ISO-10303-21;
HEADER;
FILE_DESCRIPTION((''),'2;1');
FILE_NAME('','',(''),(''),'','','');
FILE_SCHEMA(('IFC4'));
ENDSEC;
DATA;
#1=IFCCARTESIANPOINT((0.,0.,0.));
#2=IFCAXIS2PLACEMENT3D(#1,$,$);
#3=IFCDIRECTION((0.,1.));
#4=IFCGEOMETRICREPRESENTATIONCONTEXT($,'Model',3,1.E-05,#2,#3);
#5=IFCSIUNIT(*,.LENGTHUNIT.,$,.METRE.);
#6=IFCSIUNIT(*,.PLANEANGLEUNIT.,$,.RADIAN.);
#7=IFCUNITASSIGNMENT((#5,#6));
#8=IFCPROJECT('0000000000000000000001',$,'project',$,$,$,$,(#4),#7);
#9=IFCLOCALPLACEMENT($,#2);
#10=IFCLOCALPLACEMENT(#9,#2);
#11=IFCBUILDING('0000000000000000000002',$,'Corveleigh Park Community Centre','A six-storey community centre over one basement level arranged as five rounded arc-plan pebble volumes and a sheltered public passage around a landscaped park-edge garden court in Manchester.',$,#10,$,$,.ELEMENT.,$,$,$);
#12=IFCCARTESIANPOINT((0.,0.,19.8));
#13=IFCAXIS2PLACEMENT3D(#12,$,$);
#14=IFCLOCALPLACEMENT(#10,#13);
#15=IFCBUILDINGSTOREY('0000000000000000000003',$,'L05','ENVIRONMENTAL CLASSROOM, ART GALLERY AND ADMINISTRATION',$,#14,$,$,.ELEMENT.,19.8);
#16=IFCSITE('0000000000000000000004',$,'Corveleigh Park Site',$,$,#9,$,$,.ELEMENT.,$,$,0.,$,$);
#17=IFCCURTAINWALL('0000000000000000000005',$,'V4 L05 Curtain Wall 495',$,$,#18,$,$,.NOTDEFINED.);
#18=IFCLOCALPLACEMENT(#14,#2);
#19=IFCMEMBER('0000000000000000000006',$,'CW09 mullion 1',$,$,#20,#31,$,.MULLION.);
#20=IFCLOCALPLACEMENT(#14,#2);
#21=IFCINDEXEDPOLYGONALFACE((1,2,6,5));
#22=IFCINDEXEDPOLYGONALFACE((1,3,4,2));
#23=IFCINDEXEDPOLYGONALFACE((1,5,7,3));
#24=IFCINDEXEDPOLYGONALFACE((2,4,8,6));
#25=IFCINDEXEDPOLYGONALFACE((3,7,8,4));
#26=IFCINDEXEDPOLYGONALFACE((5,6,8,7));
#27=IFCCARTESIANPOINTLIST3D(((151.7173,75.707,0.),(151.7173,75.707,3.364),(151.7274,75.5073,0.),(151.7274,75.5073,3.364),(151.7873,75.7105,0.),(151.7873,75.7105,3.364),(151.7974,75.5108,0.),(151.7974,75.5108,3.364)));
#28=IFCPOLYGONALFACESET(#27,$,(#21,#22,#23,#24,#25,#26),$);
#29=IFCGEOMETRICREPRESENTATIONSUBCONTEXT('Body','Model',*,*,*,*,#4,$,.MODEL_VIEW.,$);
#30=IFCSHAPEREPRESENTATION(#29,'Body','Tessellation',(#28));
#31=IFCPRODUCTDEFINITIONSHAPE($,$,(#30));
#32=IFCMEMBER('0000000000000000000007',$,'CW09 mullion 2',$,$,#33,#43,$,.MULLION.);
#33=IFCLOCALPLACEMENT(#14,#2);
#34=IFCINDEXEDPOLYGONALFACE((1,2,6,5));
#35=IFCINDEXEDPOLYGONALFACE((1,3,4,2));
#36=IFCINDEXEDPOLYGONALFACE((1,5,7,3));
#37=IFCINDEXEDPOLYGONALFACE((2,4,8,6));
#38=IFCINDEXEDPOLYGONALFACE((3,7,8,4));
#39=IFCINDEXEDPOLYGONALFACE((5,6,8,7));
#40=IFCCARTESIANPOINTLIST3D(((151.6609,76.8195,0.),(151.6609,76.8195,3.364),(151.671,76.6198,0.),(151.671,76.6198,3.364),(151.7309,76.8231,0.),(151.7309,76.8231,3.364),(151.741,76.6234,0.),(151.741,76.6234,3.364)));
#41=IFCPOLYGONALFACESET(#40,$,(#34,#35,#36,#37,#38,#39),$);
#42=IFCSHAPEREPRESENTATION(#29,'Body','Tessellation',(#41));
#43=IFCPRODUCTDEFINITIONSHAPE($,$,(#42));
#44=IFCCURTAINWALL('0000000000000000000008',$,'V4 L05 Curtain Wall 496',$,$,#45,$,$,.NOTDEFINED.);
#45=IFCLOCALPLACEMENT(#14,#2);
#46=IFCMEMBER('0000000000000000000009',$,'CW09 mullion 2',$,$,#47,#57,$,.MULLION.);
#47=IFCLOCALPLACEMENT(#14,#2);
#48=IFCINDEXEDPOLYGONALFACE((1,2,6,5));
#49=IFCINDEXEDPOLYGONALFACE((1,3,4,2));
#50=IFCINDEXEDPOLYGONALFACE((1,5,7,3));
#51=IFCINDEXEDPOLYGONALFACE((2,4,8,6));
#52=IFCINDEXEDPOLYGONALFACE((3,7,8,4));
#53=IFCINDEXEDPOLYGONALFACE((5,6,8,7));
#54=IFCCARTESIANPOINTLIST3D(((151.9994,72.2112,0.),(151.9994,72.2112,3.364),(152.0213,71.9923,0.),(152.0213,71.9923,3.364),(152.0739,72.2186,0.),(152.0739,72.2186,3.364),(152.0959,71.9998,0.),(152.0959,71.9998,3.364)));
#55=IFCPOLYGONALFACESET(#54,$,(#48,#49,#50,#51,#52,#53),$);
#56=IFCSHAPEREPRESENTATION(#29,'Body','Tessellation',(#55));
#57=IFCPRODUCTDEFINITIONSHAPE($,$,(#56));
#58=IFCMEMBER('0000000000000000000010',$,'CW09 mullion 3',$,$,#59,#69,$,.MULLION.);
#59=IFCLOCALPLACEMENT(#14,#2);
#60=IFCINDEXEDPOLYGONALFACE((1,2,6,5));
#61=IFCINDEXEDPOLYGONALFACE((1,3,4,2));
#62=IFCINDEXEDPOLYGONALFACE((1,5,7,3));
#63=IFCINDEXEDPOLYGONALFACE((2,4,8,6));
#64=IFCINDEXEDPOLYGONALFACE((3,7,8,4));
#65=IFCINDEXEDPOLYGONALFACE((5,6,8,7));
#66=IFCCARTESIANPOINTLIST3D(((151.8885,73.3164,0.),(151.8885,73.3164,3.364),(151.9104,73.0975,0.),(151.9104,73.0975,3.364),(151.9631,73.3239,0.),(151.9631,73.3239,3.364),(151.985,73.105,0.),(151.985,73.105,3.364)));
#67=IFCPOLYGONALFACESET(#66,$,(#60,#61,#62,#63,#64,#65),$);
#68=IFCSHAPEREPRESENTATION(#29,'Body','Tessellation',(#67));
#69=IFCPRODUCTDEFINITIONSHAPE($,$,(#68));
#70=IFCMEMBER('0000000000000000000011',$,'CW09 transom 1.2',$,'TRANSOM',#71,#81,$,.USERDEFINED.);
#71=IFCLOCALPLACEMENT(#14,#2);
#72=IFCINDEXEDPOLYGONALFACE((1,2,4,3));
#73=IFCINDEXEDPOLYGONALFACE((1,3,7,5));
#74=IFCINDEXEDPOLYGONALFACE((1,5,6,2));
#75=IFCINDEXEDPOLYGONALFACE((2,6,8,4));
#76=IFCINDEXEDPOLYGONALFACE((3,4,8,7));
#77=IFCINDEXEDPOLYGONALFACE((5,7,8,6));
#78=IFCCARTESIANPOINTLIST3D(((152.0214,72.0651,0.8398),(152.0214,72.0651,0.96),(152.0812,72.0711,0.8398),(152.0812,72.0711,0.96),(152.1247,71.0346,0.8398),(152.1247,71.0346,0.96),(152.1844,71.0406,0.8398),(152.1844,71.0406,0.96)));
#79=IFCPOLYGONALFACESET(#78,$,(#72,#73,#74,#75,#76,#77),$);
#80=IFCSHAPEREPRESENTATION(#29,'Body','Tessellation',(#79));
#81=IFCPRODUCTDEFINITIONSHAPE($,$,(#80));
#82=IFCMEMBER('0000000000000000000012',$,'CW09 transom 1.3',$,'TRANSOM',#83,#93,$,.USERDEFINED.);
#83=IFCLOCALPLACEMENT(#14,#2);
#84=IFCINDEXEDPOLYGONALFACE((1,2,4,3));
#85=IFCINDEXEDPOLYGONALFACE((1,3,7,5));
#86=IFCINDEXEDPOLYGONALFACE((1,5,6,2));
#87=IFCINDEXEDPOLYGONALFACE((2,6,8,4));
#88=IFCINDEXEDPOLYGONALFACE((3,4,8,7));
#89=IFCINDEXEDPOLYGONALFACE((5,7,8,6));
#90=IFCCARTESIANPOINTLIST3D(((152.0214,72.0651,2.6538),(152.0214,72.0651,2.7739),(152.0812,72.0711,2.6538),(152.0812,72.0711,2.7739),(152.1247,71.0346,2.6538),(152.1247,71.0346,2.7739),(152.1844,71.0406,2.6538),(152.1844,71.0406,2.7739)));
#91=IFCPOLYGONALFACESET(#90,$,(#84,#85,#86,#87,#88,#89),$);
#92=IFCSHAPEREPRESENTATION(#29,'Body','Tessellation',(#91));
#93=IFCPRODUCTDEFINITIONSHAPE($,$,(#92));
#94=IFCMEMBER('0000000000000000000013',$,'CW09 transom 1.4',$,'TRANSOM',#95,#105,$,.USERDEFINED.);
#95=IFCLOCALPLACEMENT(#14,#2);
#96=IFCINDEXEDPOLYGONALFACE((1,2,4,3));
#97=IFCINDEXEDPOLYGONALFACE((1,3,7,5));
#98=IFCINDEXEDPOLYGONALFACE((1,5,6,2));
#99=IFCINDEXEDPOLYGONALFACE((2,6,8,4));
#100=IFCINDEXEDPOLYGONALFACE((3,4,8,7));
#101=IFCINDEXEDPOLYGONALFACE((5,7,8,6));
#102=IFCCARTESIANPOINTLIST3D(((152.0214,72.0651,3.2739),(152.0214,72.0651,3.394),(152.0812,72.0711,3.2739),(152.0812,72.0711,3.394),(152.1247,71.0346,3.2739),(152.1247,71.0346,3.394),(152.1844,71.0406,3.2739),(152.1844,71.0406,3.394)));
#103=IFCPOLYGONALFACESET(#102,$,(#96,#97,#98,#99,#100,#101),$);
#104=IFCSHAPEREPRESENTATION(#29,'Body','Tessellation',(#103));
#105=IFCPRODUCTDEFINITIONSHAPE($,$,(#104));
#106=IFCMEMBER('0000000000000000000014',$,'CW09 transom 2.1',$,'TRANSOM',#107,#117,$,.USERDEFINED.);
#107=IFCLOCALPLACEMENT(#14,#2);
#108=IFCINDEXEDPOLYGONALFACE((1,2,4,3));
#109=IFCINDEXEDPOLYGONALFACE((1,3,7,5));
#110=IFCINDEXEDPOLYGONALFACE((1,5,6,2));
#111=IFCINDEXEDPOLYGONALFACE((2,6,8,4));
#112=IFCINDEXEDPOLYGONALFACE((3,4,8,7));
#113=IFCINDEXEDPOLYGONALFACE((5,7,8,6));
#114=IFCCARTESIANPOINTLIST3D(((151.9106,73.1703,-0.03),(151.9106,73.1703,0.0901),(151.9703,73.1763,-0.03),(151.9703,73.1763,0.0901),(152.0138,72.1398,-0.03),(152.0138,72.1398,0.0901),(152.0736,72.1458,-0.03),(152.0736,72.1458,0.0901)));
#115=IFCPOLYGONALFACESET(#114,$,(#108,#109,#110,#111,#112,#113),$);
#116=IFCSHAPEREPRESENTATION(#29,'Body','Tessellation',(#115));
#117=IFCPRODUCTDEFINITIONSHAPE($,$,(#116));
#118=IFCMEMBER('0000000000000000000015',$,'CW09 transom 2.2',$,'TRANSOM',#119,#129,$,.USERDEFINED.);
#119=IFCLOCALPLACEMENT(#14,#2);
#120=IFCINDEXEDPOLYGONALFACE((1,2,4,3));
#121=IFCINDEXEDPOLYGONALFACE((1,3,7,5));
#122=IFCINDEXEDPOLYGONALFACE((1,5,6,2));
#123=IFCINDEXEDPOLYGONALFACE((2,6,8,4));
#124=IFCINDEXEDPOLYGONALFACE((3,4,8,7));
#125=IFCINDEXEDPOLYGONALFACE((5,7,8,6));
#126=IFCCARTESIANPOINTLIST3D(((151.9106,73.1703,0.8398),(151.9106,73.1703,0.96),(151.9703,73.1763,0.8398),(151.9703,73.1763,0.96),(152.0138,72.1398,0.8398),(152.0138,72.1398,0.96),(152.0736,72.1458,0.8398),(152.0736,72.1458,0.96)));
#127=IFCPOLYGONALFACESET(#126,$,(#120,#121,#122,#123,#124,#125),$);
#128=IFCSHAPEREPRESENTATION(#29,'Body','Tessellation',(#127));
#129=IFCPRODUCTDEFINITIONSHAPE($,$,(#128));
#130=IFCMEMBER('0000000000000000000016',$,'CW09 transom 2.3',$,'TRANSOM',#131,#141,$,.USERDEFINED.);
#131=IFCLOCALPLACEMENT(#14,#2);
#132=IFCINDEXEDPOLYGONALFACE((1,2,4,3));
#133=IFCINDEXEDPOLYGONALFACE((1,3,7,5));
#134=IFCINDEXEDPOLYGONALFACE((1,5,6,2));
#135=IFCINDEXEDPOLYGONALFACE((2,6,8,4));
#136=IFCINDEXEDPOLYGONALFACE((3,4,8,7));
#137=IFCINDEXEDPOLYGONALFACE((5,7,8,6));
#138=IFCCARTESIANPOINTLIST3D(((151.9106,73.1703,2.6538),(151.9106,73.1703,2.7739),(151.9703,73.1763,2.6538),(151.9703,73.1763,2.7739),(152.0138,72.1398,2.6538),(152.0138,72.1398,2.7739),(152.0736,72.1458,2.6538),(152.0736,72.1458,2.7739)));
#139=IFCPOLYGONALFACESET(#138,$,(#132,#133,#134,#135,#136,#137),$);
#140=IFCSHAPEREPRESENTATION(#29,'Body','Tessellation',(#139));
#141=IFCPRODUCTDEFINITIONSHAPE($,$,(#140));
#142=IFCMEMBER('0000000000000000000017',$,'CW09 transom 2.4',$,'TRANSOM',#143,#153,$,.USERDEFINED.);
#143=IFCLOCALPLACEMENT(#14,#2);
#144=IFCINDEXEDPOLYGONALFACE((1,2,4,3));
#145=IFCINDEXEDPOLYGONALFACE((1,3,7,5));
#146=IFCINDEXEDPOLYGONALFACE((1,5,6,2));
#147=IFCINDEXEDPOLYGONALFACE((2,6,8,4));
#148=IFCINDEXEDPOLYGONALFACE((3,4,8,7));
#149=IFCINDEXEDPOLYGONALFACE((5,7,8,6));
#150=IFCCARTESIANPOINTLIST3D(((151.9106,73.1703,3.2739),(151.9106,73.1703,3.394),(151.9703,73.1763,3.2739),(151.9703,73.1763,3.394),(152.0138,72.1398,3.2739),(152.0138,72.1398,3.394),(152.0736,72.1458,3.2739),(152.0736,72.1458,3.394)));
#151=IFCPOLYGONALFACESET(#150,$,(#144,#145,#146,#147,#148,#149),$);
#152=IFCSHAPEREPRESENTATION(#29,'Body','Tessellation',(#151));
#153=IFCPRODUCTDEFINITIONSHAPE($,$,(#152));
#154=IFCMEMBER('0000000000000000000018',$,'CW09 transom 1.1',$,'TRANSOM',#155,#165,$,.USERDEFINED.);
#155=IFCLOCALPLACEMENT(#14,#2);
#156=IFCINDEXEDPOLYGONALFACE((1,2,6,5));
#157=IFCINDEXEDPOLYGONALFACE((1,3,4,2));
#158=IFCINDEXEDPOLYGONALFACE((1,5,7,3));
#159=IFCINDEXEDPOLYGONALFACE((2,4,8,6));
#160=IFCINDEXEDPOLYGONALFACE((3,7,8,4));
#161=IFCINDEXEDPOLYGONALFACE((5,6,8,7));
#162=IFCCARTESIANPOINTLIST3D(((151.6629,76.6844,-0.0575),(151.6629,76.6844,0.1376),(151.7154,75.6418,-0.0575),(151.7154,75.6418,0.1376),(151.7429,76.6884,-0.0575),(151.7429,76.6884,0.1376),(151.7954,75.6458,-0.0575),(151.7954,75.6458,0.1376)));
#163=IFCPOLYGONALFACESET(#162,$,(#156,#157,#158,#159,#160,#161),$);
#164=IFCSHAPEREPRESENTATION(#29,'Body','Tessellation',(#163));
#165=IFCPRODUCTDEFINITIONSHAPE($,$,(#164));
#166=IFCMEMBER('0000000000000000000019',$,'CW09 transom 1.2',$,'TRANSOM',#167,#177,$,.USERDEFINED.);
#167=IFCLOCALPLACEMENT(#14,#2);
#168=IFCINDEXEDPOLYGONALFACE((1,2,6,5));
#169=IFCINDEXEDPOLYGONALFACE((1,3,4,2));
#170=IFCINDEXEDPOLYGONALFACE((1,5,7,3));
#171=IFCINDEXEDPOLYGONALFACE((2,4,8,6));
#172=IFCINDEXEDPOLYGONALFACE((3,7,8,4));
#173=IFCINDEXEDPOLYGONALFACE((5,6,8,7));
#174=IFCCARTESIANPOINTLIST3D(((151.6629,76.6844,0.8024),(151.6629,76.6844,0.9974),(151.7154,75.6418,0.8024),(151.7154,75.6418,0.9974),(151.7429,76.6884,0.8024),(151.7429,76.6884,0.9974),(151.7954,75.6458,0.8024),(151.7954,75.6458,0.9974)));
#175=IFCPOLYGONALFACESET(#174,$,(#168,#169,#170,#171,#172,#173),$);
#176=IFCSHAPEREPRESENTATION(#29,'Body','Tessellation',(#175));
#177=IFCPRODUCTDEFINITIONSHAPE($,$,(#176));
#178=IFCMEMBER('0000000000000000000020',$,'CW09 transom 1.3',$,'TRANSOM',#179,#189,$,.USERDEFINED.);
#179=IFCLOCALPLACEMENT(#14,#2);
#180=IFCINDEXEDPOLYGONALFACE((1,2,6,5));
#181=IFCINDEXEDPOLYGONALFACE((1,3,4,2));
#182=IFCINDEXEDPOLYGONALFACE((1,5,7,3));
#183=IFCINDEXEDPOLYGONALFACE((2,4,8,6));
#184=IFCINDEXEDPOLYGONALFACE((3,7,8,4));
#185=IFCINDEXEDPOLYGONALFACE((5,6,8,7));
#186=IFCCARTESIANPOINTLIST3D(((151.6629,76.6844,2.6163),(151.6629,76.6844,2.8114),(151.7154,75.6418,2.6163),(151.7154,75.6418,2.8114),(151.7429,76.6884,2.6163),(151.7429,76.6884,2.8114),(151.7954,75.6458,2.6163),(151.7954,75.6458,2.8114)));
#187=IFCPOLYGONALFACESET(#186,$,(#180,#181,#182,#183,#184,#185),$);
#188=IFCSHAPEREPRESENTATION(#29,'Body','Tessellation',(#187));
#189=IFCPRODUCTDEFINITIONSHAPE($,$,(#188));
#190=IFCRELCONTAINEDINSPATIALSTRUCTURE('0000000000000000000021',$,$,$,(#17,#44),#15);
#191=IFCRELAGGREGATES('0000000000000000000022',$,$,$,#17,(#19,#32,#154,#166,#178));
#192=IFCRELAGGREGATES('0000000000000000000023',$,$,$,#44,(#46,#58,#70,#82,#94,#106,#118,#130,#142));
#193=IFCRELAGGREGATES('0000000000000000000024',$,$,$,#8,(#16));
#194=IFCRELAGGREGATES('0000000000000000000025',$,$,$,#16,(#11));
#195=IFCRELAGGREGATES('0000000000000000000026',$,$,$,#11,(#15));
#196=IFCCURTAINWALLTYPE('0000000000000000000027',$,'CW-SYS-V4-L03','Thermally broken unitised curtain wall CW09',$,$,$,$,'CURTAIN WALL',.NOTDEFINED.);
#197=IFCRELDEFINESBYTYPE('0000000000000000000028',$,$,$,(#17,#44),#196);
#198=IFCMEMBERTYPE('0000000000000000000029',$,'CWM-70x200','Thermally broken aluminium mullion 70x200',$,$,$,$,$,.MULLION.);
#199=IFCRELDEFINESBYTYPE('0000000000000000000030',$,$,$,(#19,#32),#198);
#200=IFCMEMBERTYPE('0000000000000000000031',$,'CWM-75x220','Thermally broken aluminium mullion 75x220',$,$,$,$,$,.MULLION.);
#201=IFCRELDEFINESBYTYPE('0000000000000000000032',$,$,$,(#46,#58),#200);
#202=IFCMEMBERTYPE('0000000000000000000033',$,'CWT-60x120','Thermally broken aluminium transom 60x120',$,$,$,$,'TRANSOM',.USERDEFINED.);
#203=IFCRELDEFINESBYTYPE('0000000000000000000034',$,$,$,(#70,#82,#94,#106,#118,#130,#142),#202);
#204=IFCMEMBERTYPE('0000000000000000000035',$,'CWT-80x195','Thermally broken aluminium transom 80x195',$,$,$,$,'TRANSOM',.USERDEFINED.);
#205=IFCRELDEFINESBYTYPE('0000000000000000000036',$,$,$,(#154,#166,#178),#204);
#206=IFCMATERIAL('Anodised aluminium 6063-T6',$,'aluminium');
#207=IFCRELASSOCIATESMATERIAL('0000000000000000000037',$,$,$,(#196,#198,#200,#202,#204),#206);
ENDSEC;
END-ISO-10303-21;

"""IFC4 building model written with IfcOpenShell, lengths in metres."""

from ifc_helpers import new_model, si_unit, direction, frame, origin, origin_2d, place, context, subcontext, project, spatial, rectangle, extrude, material, material_profile, profile_set, type_object, element, aggregate, save


model = new_model("IFC4")

# Units and contexts
model_context = context("Model", 3, precision=1e-05, world=origin(), true_north=direction((0.0, 1.0)))
body_context = subcontext(model_context, "Body", "Model", "MODEL_VIEW")
ifc_project = project(units=[si_unit("LENGTHUNIT", "METRE"), si_unit("PLANEANGLEUNIT", "RADIAN")], contexts=[model_context])

# Site, building, storey
site_placement = place(None, origin())
site = spatial("IfcSite", under=ifc_project, at=site_placement, Name="Corveleigh Park Site", CompositionType="ELEMENT", RefElevation=0.0)
building_placement = place(site_placement, origin())
building = spatial("IfcBuilding", under=site, at=building_placement, Name="Corveleigh Park Community Centre", Description="A six-storey community centre over one basement level arranged as five rounded arc-plan pebble volumes and a sheltered public passage around a landscaped park-edge garden court in Manchester.", CompositionType="ELEMENT")
storey_placement = place(building_placement, frame((0.0, 0.0, 19.8)))
storey = spatial("IfcBuildingStorey", under=building, at=storey_placement, Name="L05", Description="ENVIRONMENTAL CLASSROOM, ART GALLERY AND ADMINISTRATION", CompositionType="ELEMENT", Elevation=19.8)

# Curtain walls, members
ifc_material_1 = material(Name="Anodised aluminium 6063-T6", Category="aluminium")
curtain_wall_type = type_object("IfcCurtainWallType", Name="CW-SYS-V4-L03", Description="Thermally broken unitised curtain wall CW09", ElementType="CURTAIN WALL", PredefinedType="NOTDEFINED", material=ifc_material_1)
curtain_wall_1_placement = place(storey_placement, origin())
curtain_wall_1 = element("IfcCurtainWall", 1, at=curtain_wall_1_placement, inside=storey, type_object=curtain_wall_type, Name="V4 L05 Curtain Wall 495", PredefinedType="NOTDEFINED")
ifc_material_profile_1 = material_profile(ifc_material_1, rectangle(XDim=0.0701, YDim=0.2, at=origin_2d()), Name="ALU-M70x200", Category="aluminium")
ifc_profile_set_1 = profile_set([ifc_material_profile_1], Name="Anodised aluminium 6063-T6")
member_type_1 = type_object("IfcMemberType", Name="CWM-70x200", Description="Thermally broken aluminium mullion 70x200", PredefinedType="MULLION", material=ifc_profile_set_1)
member_1_placement = place(storey_placement, frame((151.7573, 75.6089, 0.0), z_axis=(0.0, 0.0, 1.0), x_axis=(-0.998725, -0.05048, 0.0)))
member_1 = element("IfcMember", 2, at=member_1_placement, type_object=member_type_1, Name="CW09 mullion 1", PredefinedType="MULLION", context=body_context, shape_type="SweptSolid", body=[
    extrude(rectangle(XDim=0.0701, YDim=0.2, at=origin_2d()), origin(), (0.0, 0.0, 1.0), 3.364),
])
member_2_placement = place(storey_placement, frame((151.7009, 76.7214, 0.0), z_axis=(0.0, 0.0, 1.0), x_axis=(-0.998725, -0.05048, 0.0)))
member_2 = element("IfcMember", 3, at=member_2_placement, type_object=member_type_1, Name="CW09 mullion 2", PredefinedType="MULLION", context=body_context, shape_type="SweptSolid", body=[
    extrude(rectangle(XDim=0.0701, YDim=0.2, at=origin_2d()), origin(), (0.0, 0.0, 1.0), 3.364),
])
curtain_wall_2_placement = place(storey_placement, origin())
curtain_wall_2 = element("IfcCurtainWall", 4, at=curtain_wall_2_placement, inside=storey, type_object=curtain_wall_type, Name="V4 L05 Curtain Wall 496", PredefinedType="NOTDEFINED")
ifc_material_profile_2 = material_profile(ifc_material_1, rectangle(XDim=0.075, YDim=0.22, at=origin_2d()), Name="ALU-M75x220", Category="aluminium")
ifc_profile_set_2 = profile_set([ifc_material_profile_2], Name="Anodised aluminium 6063-T6")
member_type_2 = type_object("IfcMemberType", Name="CWM-75x220", Description="Thermally broken aluminium mullion 75x220", PredefinedType="MULLION", material=ifc_profile_set_2)
member_3_placement = place(storey_placement, frame((152.0476, 72.1055, 0.0), z_axis=(0.0, 0.0, 1.0), x_axis=(-0.995016, -0.099719, 0.0)))
member_3 = element("IfcMember", 5, at=member_3_placement, type_object=member_type_2, Name="CW09 mullion 2", PredefinedType="MULLION", context=body_context, shape_type="SweptSolid", body=[
    extrude(rectangle(XDim=0.075, YDim=0.22, at=origin_2d()), origin(), (0.0, 0.0, 1.0), 3.364),
])
member_4_placement = place(storey_placement, frame((151.9368, 73.2107, 0.0), z_axis=(0.0, 0.0, 1.0), x_axis=(-0.995016, -0.099719, 0.0)))
member_4 = element("IfcMember", 6, at=member_4_placement, type_object=member_type_2, Name="CW09 mullion 3", PredefinedType="MULLION", context=body_context, shape_type="SweptSolid", body=[
    extrude(rectangle(XDim=0.075, YDim=0.22, at=origin_2d()), origin(), (0.0, 0.0, 1.0), 3.364),
])
ifc_material_profile_3 = material_profile(ifc_material_1, rectangle(XDim=0.0601, YDim=0.1201, at=origin_2d()), Name="ALU-T60x120", Category="aluminium")
ifc_profile_set_3 = profile_set([ifc_material_profile_3], Name="Anodised aluminium 6063-T6")
member_type_3 = type_object("IfcMemberType", Name="CWT-60x120", Description="Thermally broken aluminium transom 60x120", ElementType="TRANSOM", PredefinedType="USERDEFINED", material=ifc_profile_set_3)
member_5_placement = place(storey_placement, frame((152.1545, 71.0376, 0.8999), z_axis=(-0.099714, 0.995016, 0.0), x_axis=(-0.995016, -0.099714, 0.0)))
member_5 = element("IfcMember", 7, at=member_5_placement, type_object=member_type_3, Name="CW09 transom 1.2", ObjectType="TRANSOM", PredefinedType="USERDEFINED", context=body_context, shape_type="SweptSolid", body=[
    extrude(rectangle(XDim=0.0601, YDim=0.1201, at=origin_2d()), origin(), (0.0, 0.0, 1.0), 1.0356),
])
member_6_placement = place(storey_placement, frame((152.1545, 71.0376, 2.7139), z_axis=(-0.099714, 0.995016, 0.0), x_axis=(-0.995016, -0.099714, 0.0)))
member_6 = element("IfcMember", 8, at=member_6_placement, type_object=member_type_3, Name="CW09 transom 1.3", ObjectType="TRANSOM", PredefinedType="USERDEFINED", context=body_context, shape_type="SweptSolid", body=[
    extrude(rectangle(XDim=0.0601, YDim=0.1201, at=origin_2d()), origin(), (0.0, 0.0, 1.0), 1.0356),
])
member_7_placement = place(storey_placement, frame((152.1545, 71.0376, 3.334), z_axis=(-0.099714, 0.995016, 0.0), x_axis=(-0.995016, -0.099714, 0.0)))
member_7 = element("IfcMember", 9, at=member_7_placement, type_object=member_type_3, Name="CW09 transom 1.4", ObjectType="TRANSOM", PredefinedType="USERDEFINED", context=body_context, shape_type="SweptSolid", body=[
    extrude(rectangle(XDim=0.0601, YDim=0.1201, at=origin_2d()), origin(), (0.0, 0.0, 1.0), 1.0356),
])
member_8_placement = place(storey_placement, frame((152.0437, 72.1428, 0.03), z_axis=(-0.099714, 0.995016, 0.0), x_axis=(-0.995016, -0.099714, 0.0)))
member_8 = element("IfcMember", 10, at=member_8_placement, type_object=member_type_3, Name="CW09 transom 2.1", ObjectType="TRANSOM", PredefinedType="USERDEFINED", context=body_context, shape_type="SweptSolid", body=[
    extrude(rectangle(XDim=0.0601, YDim=0.1201, at=origin_2d()), origin(), (0.0, 0.0, 1.0), 1.0356),
])
member_9_placement = place(storey_placement, frame((152.0437, 72.1428, 0.8999), z_axis=(-0.099714, 0.995016, 0.0), x_axis=(-0.995016, -0.099714, 0.0)))
member_9 = element("IfcMember", 11, at=member_9_placement, type_object=member_type_3, Name="CW09 transom 2.2", ObjectType="TRANSOM", PredefinedType="USERDEFINED", context=body_context, shape_type="SweptSolid", body=[
    extrude(rectangle(XDim=0.0601, YDim=0.1201, at=origin_2d()), origin(), (0.0, 0.0, 1.0), 1.0356),
])
member_10_placement = place(storey_placement, frame((152.0437, 72.1428, 2.7139), z_axis=(-0.099714, 0.995016, 0.0), x_axis=(-0.995016, -0.099714, 0.0)))
member_10 = element("IfcMember", 12, at=member_10_placement, type_object=member_type_3, Name="CW09 transom 2.3", ObjectType="TRANSOM", PredefinedType="USERDEFINED", context=body_context, shape_type="SweptSolid", body=[
    extrude(rectangle(XDim=0.0601, YDim=0.1201, at=origin_2d()), origin(), (0.0, 0.0, 1.0), 1.0356),
])
member_11_placement = place(storey_placement, frame((152.0437, 72.1428, 3.334), z_axis=(-0.099714, 0.995016, 0.0), x_axis=(-0.995016, -0.099714, 0.0)))
member_11 = element("IfcMember", 13, at=member_11_placement, type_object=member_type_3, Name="CW09 transom 2.4", ObjectType="TRANSOM", PredefinedType="USERDEFINED", context=body_context, shape_type="SweptSolid", body=[
    extrude(rectangle(XDim=0.0601, YDim=0.1201, at=origin_2d()), origin(), (0.0, 0.0, 1.0), 1.0356),
])

# Members
ifc_material_profile_4 = material_profile(ifc_material_1, rectangle(XDim=0.0801, YDim=0.1951, at=origin_2d()), Name="ALU-T80x195", Category="aluminium")
ifc_profile_set_4 = profile_set([ifc_material_profile_4], Name="Anodised aluminium 6063-T6")
member_type_4 = type_object("IfcMemberType", Name="CWT-80x195", Description="Thermally broken aluminium transom 80x195", ElementType="TRANSOM", PredefinedType="USERDEFINED", material=ifc_profile_set_4)
member_12_placement = place(storey_placement, frame((151.7554, 75.6438, 0.04), z_axis=(-0.050276, 0.998735, 0.0), x_axis=(-0.998735, -0.050276, 0.0)))
member_12 = element("IfcMember", 14, at=member_12_placement, type_object=member_type_4, Name="CW09 transom 1.1", ObjectType="TRANSOM", PredefinedType="USERDEFINED", context=body_context, shape_type="SweptSolid", body=[
    extrude(rectangle(XDim=0.0801, YDim=0.1951, at=origin_2d()), origin(), (0.0, 0.0, 1.0), 1.0439),
])
member_13_placement = place(storey_placement, frame((151.7554, 75.6438, 0.8999), z_axis=(-0.050276, 0.998735, 0.0), x_axis=(-0.998735, -0.050276, 0.0)))
member_13 = element("IfcMember", 15, at=member_13_placement, type_object=member_type_4, Name="CW09 transom 1.2", ObjectType="TRANSOM", PredefinedType="USERDEFINED", context=body_context, shape_type="SweptSolid", body=[
    extrude(rectangle(XDim=0.0801, YDim=0.1951, at=origin_2d()), origin(), (0.0, 0.0, 1.0), 1.0439),
])
member_14_placement = place(storey_placement, frame((151.7554, 75.6438, 2.7139), z_axis=(-0.050276, 0.998735, 0.0), x_axis=(-0.998735, -0.050276, 0.0)))
member_14 = element("IfcMember", 16, at=member_14_placement, type_object=member_type_4, Name="CW09 transom 1.3", ObjectType="TRANSOM", PredefinedType="USERDEFINED", context=body_context, shape_type="SweptSolid", body=[
    extrude(rectangle(XDim=0.0801, YDim=0.1951, at=origin_2d()), origin(), (0.0, 0.0, 1.0), 1.0439),
])

aggregate(curtain_wall_1, [member_1, member_2, member_12, member_13, member_14])
aggregate(curtain_wall_2, [member_3, member_4, member_5, member_6, member_7, member_8, member_9, member_10, member_11])

save(model, "model.ifc")
